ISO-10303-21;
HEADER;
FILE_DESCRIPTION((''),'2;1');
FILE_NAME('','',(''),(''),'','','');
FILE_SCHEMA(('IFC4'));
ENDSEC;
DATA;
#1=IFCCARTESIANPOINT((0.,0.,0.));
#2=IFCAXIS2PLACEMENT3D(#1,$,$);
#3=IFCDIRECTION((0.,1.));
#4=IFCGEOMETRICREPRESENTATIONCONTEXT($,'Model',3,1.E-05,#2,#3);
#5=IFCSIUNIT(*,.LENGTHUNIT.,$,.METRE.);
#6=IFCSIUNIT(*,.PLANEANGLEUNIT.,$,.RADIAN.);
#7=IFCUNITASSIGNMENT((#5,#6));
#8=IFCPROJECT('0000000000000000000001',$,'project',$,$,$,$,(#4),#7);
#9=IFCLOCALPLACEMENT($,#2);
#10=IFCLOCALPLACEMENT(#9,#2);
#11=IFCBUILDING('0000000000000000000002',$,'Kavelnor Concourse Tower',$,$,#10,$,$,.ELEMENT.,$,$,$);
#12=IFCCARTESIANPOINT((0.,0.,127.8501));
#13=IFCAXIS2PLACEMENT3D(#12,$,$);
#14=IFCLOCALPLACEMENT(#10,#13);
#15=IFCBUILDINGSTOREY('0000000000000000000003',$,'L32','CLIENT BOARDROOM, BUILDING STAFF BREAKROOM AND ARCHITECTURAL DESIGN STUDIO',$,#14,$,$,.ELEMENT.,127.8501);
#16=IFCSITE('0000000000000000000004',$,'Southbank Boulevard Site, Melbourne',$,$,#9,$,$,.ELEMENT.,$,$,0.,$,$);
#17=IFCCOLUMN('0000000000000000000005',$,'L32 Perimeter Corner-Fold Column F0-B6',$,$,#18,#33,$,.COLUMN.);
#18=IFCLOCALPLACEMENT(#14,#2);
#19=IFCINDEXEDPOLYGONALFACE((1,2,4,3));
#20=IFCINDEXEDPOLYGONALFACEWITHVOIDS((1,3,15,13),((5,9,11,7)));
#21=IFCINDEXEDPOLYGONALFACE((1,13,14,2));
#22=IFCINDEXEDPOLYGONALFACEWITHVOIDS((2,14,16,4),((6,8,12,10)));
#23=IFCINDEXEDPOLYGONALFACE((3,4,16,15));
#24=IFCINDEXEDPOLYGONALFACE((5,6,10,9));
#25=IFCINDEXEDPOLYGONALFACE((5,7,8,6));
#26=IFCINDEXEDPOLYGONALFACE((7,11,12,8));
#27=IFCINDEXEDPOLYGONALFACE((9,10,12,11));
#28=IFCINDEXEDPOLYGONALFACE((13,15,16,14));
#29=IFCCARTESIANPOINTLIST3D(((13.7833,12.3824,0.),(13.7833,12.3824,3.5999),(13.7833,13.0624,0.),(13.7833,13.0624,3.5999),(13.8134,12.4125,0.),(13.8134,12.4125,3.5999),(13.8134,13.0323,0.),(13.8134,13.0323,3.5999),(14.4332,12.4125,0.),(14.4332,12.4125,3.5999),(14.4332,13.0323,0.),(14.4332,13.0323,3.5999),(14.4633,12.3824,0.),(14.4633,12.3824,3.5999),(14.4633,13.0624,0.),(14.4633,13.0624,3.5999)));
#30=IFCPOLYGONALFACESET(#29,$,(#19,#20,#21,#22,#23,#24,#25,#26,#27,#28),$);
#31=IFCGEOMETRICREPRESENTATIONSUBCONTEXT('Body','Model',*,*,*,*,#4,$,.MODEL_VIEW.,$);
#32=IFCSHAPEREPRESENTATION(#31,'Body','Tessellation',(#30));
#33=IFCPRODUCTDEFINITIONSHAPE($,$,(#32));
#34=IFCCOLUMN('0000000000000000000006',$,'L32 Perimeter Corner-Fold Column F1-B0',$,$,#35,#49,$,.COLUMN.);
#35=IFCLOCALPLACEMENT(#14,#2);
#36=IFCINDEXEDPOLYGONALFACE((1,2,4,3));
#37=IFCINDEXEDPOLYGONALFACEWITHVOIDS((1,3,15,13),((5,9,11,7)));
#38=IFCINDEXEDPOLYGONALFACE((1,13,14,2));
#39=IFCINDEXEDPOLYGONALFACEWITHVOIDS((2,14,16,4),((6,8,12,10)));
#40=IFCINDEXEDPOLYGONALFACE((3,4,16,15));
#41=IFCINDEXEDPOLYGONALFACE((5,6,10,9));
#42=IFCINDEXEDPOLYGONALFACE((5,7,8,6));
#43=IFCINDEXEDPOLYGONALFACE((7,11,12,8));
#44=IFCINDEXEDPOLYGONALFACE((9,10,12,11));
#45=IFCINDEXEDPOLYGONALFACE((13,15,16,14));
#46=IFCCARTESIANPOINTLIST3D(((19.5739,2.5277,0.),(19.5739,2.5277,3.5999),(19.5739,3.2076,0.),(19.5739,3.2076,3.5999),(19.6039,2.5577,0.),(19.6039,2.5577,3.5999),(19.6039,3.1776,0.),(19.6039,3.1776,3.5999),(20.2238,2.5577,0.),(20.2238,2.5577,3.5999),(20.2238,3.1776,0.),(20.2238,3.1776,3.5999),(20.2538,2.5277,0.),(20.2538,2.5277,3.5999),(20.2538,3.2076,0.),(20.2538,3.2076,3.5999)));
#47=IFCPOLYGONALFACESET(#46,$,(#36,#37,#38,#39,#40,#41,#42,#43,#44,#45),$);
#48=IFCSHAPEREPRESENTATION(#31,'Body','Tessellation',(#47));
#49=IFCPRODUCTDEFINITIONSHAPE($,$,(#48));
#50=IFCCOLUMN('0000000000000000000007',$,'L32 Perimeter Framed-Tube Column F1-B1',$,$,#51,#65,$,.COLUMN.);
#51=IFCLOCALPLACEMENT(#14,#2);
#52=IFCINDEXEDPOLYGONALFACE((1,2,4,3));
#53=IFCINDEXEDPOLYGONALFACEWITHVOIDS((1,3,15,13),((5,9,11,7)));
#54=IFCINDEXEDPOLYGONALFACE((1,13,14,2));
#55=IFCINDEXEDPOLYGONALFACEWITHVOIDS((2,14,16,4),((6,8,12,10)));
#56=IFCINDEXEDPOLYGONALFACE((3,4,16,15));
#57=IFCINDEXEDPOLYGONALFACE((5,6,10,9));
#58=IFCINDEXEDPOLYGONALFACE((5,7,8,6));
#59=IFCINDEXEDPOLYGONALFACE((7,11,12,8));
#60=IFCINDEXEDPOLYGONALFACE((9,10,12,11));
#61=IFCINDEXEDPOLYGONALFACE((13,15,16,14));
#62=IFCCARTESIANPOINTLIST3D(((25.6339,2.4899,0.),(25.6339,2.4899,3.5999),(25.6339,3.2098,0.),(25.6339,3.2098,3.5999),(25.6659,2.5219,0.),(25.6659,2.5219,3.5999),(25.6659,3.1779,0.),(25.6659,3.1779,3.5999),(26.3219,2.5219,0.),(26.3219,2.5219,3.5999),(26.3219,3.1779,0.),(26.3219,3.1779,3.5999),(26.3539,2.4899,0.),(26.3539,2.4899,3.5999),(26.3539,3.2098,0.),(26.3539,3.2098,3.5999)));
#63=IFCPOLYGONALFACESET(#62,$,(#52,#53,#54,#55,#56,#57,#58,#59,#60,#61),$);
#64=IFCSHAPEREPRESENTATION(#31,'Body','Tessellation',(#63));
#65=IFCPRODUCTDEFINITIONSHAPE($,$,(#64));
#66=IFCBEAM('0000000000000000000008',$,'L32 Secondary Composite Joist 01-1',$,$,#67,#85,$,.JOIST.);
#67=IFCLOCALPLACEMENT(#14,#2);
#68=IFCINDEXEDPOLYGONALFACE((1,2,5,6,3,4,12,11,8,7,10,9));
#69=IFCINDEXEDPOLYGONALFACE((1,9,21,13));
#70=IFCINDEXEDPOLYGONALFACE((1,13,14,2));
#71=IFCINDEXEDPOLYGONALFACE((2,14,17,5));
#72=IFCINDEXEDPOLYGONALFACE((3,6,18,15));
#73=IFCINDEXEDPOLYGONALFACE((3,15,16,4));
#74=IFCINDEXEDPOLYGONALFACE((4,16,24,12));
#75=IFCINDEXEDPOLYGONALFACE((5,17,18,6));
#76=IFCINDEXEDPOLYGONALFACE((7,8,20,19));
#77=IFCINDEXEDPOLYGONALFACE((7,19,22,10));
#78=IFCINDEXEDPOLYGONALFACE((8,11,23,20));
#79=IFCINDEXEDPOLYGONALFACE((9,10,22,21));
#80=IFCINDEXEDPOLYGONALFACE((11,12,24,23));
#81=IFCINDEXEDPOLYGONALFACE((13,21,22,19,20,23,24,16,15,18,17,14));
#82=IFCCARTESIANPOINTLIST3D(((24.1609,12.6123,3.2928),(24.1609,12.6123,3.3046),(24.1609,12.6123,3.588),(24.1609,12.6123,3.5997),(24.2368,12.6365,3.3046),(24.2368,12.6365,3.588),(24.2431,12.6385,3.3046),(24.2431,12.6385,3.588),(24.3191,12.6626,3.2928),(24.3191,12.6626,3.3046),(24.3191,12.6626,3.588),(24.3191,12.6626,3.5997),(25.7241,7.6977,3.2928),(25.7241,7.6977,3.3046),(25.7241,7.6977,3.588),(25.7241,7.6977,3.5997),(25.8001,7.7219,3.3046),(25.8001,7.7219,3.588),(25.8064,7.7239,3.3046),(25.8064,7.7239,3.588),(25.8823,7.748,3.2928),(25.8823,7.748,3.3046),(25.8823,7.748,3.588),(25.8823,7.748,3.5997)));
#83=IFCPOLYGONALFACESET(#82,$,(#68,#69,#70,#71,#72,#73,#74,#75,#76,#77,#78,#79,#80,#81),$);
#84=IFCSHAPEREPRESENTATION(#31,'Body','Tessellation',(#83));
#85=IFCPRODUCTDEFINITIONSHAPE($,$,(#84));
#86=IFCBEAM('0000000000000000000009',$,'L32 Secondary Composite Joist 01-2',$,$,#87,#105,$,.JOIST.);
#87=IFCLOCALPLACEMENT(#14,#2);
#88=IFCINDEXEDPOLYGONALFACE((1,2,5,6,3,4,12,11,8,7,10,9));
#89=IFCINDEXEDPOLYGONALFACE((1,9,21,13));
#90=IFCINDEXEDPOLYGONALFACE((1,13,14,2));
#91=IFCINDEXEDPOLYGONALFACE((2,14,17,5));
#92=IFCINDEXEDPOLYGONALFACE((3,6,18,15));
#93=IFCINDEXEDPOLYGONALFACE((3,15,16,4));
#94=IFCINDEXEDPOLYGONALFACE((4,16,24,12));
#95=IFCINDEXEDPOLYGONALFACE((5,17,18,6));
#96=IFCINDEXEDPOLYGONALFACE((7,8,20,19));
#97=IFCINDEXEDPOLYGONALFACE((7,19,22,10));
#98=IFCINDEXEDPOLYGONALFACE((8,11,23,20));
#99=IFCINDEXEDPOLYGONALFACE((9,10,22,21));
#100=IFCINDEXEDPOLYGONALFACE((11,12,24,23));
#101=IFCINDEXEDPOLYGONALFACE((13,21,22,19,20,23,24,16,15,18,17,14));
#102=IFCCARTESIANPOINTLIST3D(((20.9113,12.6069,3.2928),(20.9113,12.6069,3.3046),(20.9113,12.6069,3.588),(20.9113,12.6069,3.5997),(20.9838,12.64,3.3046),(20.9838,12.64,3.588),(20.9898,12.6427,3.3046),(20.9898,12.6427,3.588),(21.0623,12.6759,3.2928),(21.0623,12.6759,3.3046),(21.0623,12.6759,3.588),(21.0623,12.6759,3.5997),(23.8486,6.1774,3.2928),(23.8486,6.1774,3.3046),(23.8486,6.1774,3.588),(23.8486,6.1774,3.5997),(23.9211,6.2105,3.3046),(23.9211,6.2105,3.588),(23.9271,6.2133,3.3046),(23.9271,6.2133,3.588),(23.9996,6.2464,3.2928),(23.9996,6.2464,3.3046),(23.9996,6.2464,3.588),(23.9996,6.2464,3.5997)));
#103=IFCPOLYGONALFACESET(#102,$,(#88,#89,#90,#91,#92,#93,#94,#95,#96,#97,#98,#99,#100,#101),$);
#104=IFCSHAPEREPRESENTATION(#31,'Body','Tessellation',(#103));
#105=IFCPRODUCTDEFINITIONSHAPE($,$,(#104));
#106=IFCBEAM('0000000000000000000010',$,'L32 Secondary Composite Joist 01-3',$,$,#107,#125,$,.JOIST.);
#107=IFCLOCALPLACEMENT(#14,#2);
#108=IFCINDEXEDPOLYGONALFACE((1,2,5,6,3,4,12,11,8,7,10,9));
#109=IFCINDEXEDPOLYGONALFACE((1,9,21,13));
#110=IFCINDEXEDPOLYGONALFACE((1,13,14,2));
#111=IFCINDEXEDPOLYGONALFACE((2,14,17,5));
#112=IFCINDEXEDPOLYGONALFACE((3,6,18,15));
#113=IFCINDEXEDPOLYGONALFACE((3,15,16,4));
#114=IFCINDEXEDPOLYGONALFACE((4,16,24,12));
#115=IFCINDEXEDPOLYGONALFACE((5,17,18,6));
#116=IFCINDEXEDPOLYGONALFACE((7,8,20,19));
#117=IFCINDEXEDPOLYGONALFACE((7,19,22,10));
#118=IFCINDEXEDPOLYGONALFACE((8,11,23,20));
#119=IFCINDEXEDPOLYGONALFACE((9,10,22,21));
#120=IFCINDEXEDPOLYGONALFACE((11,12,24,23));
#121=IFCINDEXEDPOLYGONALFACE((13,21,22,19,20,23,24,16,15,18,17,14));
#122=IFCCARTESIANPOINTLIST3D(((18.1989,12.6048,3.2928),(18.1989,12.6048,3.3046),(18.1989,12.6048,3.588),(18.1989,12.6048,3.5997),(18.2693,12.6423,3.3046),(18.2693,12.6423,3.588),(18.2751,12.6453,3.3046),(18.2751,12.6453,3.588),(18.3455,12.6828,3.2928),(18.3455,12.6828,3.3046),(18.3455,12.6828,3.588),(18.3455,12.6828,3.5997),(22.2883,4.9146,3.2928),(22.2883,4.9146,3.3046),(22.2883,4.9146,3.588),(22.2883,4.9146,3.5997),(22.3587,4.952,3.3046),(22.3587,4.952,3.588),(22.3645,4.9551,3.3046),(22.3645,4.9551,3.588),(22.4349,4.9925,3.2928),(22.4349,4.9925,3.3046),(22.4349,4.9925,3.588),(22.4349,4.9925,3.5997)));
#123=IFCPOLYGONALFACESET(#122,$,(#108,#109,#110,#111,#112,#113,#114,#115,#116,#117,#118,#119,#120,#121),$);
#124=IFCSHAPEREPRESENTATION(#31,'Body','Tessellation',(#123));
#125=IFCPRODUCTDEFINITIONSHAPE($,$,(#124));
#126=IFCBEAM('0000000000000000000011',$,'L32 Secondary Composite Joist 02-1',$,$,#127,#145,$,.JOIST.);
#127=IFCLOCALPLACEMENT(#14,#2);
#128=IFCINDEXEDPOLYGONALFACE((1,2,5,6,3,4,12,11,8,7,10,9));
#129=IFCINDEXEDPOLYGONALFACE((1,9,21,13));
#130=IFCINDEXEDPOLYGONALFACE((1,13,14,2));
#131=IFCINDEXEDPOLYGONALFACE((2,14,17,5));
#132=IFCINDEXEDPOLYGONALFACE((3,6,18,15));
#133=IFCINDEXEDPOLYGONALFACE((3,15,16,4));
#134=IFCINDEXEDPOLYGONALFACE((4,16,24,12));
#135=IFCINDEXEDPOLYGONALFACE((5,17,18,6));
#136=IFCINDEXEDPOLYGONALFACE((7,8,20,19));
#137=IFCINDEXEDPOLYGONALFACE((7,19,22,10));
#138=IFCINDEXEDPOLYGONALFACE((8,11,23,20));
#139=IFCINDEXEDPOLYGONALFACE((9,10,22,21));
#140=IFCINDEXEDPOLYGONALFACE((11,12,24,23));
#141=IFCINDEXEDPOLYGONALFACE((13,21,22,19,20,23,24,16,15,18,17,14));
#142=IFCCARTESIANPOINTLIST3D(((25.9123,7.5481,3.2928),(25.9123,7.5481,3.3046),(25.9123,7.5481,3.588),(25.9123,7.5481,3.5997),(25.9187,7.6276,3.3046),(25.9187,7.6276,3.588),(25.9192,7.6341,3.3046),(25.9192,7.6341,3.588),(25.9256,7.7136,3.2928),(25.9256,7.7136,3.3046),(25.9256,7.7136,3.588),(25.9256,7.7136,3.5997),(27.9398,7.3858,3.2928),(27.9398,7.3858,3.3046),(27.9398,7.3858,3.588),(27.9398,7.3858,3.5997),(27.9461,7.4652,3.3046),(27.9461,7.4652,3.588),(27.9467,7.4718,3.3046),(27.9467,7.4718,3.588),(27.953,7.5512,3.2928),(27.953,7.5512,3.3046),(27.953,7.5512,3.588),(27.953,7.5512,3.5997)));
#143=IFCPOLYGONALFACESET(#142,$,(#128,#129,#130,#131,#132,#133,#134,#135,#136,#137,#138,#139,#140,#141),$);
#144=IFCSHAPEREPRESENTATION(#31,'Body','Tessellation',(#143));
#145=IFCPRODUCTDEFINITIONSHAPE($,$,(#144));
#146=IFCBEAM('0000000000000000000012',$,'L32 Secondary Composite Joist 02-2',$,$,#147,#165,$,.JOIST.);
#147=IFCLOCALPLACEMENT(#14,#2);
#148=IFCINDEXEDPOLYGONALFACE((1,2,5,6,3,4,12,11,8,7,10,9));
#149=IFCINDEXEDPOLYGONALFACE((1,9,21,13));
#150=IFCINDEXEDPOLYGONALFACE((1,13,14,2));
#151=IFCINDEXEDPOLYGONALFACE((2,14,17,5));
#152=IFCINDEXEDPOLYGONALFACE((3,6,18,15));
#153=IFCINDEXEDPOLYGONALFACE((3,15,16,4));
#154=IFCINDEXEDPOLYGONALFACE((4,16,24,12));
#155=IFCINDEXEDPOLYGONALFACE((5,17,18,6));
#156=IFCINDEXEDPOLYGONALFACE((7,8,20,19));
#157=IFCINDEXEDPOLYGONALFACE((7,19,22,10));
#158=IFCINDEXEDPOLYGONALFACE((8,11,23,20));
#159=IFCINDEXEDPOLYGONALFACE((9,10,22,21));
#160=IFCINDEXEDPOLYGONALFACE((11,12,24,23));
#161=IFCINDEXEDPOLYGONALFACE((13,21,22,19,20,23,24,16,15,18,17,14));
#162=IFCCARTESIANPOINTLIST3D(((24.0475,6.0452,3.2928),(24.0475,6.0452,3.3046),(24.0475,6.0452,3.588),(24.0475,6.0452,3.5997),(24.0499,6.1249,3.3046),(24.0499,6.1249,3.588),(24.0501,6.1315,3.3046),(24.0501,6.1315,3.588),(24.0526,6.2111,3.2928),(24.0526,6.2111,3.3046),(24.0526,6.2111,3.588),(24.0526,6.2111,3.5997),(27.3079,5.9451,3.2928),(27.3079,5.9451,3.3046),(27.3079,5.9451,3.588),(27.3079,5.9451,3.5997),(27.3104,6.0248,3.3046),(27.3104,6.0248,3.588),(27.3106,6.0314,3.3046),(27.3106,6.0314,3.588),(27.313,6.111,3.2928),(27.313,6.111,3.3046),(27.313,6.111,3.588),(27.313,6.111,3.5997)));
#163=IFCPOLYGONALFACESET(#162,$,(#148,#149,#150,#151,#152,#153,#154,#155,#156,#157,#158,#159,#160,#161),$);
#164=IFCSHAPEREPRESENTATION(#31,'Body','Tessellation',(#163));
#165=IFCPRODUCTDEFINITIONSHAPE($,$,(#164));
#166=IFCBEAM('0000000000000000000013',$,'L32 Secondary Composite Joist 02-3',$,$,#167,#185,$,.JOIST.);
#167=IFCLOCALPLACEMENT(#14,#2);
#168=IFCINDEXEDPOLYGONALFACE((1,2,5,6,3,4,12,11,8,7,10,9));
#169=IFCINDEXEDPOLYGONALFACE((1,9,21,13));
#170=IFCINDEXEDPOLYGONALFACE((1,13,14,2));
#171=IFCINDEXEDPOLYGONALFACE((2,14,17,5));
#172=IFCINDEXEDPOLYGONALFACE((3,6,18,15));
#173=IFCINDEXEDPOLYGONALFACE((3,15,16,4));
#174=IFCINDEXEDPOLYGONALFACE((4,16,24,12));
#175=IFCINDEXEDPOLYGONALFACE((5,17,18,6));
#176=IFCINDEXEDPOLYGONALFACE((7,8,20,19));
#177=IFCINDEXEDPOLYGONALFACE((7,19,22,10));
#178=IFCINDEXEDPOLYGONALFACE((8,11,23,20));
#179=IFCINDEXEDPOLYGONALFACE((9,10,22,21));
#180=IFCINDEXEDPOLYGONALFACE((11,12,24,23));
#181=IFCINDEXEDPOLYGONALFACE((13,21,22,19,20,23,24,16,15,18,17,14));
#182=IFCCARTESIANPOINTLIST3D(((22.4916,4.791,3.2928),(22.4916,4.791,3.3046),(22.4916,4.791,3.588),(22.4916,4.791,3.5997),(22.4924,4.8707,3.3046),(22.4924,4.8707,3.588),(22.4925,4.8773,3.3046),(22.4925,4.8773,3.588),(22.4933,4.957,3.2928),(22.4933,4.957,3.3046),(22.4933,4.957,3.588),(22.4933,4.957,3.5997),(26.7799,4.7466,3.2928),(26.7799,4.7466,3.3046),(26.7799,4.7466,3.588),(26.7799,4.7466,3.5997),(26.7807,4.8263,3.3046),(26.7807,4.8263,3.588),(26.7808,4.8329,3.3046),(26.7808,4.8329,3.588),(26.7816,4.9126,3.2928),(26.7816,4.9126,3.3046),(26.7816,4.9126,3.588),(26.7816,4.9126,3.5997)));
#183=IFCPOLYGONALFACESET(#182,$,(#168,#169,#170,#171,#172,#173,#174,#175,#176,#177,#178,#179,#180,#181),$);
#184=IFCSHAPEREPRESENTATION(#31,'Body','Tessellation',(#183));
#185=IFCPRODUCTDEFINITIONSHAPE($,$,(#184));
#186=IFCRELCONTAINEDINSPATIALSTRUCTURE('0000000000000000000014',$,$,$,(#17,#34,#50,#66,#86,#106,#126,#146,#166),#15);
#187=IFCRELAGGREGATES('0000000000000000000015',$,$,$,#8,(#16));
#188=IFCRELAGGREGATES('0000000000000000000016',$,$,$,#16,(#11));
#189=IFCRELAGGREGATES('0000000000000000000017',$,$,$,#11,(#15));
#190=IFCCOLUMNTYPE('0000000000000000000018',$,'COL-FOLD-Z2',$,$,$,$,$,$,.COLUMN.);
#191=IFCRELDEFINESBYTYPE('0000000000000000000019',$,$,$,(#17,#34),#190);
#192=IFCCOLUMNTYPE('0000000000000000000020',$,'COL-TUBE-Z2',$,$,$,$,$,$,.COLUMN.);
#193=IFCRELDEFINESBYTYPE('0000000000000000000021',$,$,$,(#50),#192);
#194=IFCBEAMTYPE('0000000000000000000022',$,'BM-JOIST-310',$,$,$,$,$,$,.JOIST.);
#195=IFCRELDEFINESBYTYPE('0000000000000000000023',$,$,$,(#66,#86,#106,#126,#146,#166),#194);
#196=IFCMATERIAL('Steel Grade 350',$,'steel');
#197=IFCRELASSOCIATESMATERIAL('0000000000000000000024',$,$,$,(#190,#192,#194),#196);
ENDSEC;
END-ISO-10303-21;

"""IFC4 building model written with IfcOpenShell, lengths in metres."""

from ifc_helpers import new_model, si_unit, direction, frame, origin, origin_2d, place, context, subcontext, project, spatial, hollow_rectangle, i_section, extrude, material, material_profile, profile_set, type_object, element, save


model = new_model("IFC4")

# Units and contexts
model_context = context("Model", 3, precision=1e-05, world=origin(), true_north=direction((0.0, 1.0)))
body_context = subcontext(model_context, "Body", "Model", "MODEL_VIEW")
ifc_project = project(units=[si_unit("LENGTHUNIT", "METRE"), si_unit("PLANEANGLEUNIT", "RADIAN")], contexts=[model_context])

# Site, building, storey
site_placement = place(None, origin())
site = spatial("IfcSite", under=ifc_project, at=site_placement, Name="Southbank Boulevard Site, Melbourne", CompositionType="ELEMENT", RefElevation=0.0)
building_placement = place(site_placement, origin())
building = spatial("IfcBuilding", under=site, at=building_placement, Name="Kavelnor Concourse Tower", CompositionType="ELEMENT")
storey_placement = place(building_placement, frame((0.0, 0.0, 127.8501)))
storey = spatial("IfcBuildingStorey", under=building, at=storey_placement, Name="L32", Description="CLIENT BOARDROOM, BUILDING STAFF BREAKROOM AND ARCHITECTURAL DESIGN STUDIO", CompositionType="ELEMENT", Elevation=127.8501)

# Columns
ifc_material_1 = material(Name="Steel Grade 350", Category="steel")
ifc_material_profile_1 = material_profile(ifc_material_1, hollow_rectangle(XDim=0.6799, YDim=0.6799, WallThickness=0.03, at=origin_2d()), Name="SHS 680x680x30")
ifc_profile_set_1 = profile_set([ifc_material_profile_1], Name="Steel Grade 350")
column_type_1 = type_object("IfcColumnType", Name="COL-FOLD-Z2", PredefinedType="COLUMN", material=ifc_profile_set_1)
for number, where, z_axis, x_axis, name in (
    (1, (14.1233, 12.7224, 0.0), (0.0, 0.0, 1.0), (1.0, 0.0, 0.0), "L32 Perimeter Corner-Fold Column F0-B6"),
    (2, (19.9138, 2.8677, 0.0), (0.0, 0.0, 1.0), (1.0, 0.0, 0.0), "L32 Perimeter Corner-Fold Column F1-B0"),
):
    element("IfcColumn", number, at=place(storey_placement, frame(where, z_axis=z_axis, x_axis=x_axis)), inside=storey, type_object=column_type_1, Name=name, PredefinedType="COLUMN", context=body_context, shape_type="SweptSolid", body=[
        extrude(hollow_rectangle(XDim=0.6799, YDim=0.6799, WallThickness=0.03, at=origin_2d()), origin(), (0.0, 0.0, 1.0), 3.5999),
    ])
ifc_material_profile_2 = material_profile(ifc_material_1, hollow_rectangle(XDim=0.72, YDim=0.72, WallThickness=0.032, at=origin_2d()), Name="SHS 720x720x32")
ifc_profile_set_2 = profile_set([ifc_material_profile_2], Name="Steel Grade 350")
column_type_2 = type_object("IfcColumnType", Name="COL-TUBE-Z2", PredefinedType="COLUMN", material=ifc_profile_set_2)
column_placement = place(storey_placement, frame((25.9939, 2.8499, 0.0), z_axis=(0.0, 0.0, 1.0), x_axis=(1.0, 0.0, 0.0)))
element("IfcColumn", 3, at=column_placement, inside=storey, type_object=column_type_2, Name="L32 Perimeter Framed-Tube Column F1-B1", PredefinedType="COLUMN", context=body_context, shape_type="SweptSolid", body=[
    extrude(hollow_rectangle(XDim=0.72, YDim=0.72, WallThickness=0.032, at=origin_2d()), origin(), (0.0, 0.0, 1.0), 3.5999),
])

# Beams
ifc_material_profile_3 = material_profile(ifc_material_1, i_section(OverallWidth=0.166, OverallDepth=0.3069, WebThickness=0.0066, FlangeThickness=0.0117, at=origin_2d()), Name="310UB46")
ifc_profile_set_3 = profile_set([ifc_material_profile_3], Name="Steel Grade 350")
beam_type_1 = type_object("IfcBeamType", Name="BM-JOIST-310", PredefinedType="JOIST", material=ifc_profile_set_3)
beam_1_placement = place(storey_placement, frame((24.24, 12.6375, 3.4463), z_axis=(0.303118, -0.952953, 0.0), x_axis=(0.952953, 0.303118, 0.0)))
element("IfcBeam", 4, at=beam_1_placement, inside=storey, type_object=beam_type_1, Name="L32 Secondary Composite Joist 01-1", PredefinedType="JOIST", context=body_context, shape_type="SweptSolid", body=[
    extrude(i_section(OverallWidth=0.166, OverallDepth=0.3069, WebThickness=0.0066, FlangeThickness=0.0117, at=origin_2d()), origin(), (0.0, 0.0, 1.0), 5.1572),
])
beam_2_placement = place(storey_placement, frame((20.9868, 12.6414, 3.4463), z_axis=(0.415535, -0.909577, 0.0), x_axis=(0.909577, 0.415535, 0.0)))
element("IfcBeam", 5, at=beam_2_placement, inside=storey, type_object=beam_type_1, Name="L32 Secondary Composite Joist 01-2", PredefinedType="JOIST", context=body_context, shape_type="SweptSolid", body=[
    extrude(i_section(OverallWidth=0.166, OverallDepth=0.3069, WebThickness=0.0066, FlangeThickness=0.0117, at=origin_2d()), origin(), (0.0, 0.0, 1.0), 7.0686),
])
beam_3_placement = place(storey_placement, frame((18.2722, 12.6438, 3.4463), z_axis=(0.469508, -0.882928, 0.0), x_axis=(0.882928, 0.469508, 0.0)))
element("IfcBeam", 6, at=beam_3_placement, inside=storey, type_object=beam_type_1, Name="L32 Secondary Composite Joist 01-3", PredefinedType="JOIST", context=body_context, shape_type="SweptSolid", body=[
    extrude(i_section(OverallWidth=0.166, OverallDepth=0.3069, WebThickness=0.0066, FlangeThickness=0.0117, at=origin_2d()), origin(), (0.0, 0.0, 1.0), 8.71),
])
beam_4_placement = place(storey_placement, frame((25.9189, 7.6309, 3.4463), z_axis=(0.996809, -0.079826, 0.0), x_axis=(0.079826, 0.996809, 0.0)))
element("IfcBeam", 7, at=beam_4_placement, inside=storey, type_object=beam_type_1, Name="L32 Secondary Composite Joist 02-1", PredefinedType="JOIST", context=body_context, shape_type="SweptSolid", body=[
    extrude(i_section(OverallWidth=0.166, OverallDepth=0.3069, WebThickness=0.0066, FlangeThickness=0.0117, at=origin_2d()), origin(), (0.0, 0.0, 1.0), 2.0339),
])
beam_5_placement = place(storey_placement, frame((24.05, 6.1282, 3.4463), z_axis=(0.999529, -0.030686, 0.0), x_axis=(0.030686, 0.999529, 0.0)))
element("IfcBeam", 8, at=beam_5_placement, inside=storey, type_object=beam_type_1, Name="L32 Secondary Composite Joist 02-2", PredefinedType="JOIST", context=body_context, shape_type="SweptSolid", body=[
    extrude(i_section(OverallWidth=0.166, OverallDepth=0.3069, WebThickness=0.0066, FlangeThickness=0.0117, at=origin_2d()), origin(), (0.0, 0.0, 1.0), 3.262),
])
beam_6_placement = place(storey_placement, frame((22.4924, 4.874, 3.4463), z_axis=(0.999946, -0.010361, 0.0), x_axis=(0.010361, 0.999946, 0.0)))
element("IfcBeam", 9, at=beam_6_placement, inside=storey, type_object=beam_type_1, Name="L32 Secondary Composite Joist 02-3", PredefinedType="JOIST", context=body_context, shape_type="SweptSolid", body=[
    extrude(i_section(OverallWidth=0.166, OverallDepth=0.3069, WebThickness=0.0066, FlangeThickness=0.0117, at=origin_2d()), origin(), (0.0, 0.0, 1.0), 4.2886),
])

save(model, "model.ifc")
